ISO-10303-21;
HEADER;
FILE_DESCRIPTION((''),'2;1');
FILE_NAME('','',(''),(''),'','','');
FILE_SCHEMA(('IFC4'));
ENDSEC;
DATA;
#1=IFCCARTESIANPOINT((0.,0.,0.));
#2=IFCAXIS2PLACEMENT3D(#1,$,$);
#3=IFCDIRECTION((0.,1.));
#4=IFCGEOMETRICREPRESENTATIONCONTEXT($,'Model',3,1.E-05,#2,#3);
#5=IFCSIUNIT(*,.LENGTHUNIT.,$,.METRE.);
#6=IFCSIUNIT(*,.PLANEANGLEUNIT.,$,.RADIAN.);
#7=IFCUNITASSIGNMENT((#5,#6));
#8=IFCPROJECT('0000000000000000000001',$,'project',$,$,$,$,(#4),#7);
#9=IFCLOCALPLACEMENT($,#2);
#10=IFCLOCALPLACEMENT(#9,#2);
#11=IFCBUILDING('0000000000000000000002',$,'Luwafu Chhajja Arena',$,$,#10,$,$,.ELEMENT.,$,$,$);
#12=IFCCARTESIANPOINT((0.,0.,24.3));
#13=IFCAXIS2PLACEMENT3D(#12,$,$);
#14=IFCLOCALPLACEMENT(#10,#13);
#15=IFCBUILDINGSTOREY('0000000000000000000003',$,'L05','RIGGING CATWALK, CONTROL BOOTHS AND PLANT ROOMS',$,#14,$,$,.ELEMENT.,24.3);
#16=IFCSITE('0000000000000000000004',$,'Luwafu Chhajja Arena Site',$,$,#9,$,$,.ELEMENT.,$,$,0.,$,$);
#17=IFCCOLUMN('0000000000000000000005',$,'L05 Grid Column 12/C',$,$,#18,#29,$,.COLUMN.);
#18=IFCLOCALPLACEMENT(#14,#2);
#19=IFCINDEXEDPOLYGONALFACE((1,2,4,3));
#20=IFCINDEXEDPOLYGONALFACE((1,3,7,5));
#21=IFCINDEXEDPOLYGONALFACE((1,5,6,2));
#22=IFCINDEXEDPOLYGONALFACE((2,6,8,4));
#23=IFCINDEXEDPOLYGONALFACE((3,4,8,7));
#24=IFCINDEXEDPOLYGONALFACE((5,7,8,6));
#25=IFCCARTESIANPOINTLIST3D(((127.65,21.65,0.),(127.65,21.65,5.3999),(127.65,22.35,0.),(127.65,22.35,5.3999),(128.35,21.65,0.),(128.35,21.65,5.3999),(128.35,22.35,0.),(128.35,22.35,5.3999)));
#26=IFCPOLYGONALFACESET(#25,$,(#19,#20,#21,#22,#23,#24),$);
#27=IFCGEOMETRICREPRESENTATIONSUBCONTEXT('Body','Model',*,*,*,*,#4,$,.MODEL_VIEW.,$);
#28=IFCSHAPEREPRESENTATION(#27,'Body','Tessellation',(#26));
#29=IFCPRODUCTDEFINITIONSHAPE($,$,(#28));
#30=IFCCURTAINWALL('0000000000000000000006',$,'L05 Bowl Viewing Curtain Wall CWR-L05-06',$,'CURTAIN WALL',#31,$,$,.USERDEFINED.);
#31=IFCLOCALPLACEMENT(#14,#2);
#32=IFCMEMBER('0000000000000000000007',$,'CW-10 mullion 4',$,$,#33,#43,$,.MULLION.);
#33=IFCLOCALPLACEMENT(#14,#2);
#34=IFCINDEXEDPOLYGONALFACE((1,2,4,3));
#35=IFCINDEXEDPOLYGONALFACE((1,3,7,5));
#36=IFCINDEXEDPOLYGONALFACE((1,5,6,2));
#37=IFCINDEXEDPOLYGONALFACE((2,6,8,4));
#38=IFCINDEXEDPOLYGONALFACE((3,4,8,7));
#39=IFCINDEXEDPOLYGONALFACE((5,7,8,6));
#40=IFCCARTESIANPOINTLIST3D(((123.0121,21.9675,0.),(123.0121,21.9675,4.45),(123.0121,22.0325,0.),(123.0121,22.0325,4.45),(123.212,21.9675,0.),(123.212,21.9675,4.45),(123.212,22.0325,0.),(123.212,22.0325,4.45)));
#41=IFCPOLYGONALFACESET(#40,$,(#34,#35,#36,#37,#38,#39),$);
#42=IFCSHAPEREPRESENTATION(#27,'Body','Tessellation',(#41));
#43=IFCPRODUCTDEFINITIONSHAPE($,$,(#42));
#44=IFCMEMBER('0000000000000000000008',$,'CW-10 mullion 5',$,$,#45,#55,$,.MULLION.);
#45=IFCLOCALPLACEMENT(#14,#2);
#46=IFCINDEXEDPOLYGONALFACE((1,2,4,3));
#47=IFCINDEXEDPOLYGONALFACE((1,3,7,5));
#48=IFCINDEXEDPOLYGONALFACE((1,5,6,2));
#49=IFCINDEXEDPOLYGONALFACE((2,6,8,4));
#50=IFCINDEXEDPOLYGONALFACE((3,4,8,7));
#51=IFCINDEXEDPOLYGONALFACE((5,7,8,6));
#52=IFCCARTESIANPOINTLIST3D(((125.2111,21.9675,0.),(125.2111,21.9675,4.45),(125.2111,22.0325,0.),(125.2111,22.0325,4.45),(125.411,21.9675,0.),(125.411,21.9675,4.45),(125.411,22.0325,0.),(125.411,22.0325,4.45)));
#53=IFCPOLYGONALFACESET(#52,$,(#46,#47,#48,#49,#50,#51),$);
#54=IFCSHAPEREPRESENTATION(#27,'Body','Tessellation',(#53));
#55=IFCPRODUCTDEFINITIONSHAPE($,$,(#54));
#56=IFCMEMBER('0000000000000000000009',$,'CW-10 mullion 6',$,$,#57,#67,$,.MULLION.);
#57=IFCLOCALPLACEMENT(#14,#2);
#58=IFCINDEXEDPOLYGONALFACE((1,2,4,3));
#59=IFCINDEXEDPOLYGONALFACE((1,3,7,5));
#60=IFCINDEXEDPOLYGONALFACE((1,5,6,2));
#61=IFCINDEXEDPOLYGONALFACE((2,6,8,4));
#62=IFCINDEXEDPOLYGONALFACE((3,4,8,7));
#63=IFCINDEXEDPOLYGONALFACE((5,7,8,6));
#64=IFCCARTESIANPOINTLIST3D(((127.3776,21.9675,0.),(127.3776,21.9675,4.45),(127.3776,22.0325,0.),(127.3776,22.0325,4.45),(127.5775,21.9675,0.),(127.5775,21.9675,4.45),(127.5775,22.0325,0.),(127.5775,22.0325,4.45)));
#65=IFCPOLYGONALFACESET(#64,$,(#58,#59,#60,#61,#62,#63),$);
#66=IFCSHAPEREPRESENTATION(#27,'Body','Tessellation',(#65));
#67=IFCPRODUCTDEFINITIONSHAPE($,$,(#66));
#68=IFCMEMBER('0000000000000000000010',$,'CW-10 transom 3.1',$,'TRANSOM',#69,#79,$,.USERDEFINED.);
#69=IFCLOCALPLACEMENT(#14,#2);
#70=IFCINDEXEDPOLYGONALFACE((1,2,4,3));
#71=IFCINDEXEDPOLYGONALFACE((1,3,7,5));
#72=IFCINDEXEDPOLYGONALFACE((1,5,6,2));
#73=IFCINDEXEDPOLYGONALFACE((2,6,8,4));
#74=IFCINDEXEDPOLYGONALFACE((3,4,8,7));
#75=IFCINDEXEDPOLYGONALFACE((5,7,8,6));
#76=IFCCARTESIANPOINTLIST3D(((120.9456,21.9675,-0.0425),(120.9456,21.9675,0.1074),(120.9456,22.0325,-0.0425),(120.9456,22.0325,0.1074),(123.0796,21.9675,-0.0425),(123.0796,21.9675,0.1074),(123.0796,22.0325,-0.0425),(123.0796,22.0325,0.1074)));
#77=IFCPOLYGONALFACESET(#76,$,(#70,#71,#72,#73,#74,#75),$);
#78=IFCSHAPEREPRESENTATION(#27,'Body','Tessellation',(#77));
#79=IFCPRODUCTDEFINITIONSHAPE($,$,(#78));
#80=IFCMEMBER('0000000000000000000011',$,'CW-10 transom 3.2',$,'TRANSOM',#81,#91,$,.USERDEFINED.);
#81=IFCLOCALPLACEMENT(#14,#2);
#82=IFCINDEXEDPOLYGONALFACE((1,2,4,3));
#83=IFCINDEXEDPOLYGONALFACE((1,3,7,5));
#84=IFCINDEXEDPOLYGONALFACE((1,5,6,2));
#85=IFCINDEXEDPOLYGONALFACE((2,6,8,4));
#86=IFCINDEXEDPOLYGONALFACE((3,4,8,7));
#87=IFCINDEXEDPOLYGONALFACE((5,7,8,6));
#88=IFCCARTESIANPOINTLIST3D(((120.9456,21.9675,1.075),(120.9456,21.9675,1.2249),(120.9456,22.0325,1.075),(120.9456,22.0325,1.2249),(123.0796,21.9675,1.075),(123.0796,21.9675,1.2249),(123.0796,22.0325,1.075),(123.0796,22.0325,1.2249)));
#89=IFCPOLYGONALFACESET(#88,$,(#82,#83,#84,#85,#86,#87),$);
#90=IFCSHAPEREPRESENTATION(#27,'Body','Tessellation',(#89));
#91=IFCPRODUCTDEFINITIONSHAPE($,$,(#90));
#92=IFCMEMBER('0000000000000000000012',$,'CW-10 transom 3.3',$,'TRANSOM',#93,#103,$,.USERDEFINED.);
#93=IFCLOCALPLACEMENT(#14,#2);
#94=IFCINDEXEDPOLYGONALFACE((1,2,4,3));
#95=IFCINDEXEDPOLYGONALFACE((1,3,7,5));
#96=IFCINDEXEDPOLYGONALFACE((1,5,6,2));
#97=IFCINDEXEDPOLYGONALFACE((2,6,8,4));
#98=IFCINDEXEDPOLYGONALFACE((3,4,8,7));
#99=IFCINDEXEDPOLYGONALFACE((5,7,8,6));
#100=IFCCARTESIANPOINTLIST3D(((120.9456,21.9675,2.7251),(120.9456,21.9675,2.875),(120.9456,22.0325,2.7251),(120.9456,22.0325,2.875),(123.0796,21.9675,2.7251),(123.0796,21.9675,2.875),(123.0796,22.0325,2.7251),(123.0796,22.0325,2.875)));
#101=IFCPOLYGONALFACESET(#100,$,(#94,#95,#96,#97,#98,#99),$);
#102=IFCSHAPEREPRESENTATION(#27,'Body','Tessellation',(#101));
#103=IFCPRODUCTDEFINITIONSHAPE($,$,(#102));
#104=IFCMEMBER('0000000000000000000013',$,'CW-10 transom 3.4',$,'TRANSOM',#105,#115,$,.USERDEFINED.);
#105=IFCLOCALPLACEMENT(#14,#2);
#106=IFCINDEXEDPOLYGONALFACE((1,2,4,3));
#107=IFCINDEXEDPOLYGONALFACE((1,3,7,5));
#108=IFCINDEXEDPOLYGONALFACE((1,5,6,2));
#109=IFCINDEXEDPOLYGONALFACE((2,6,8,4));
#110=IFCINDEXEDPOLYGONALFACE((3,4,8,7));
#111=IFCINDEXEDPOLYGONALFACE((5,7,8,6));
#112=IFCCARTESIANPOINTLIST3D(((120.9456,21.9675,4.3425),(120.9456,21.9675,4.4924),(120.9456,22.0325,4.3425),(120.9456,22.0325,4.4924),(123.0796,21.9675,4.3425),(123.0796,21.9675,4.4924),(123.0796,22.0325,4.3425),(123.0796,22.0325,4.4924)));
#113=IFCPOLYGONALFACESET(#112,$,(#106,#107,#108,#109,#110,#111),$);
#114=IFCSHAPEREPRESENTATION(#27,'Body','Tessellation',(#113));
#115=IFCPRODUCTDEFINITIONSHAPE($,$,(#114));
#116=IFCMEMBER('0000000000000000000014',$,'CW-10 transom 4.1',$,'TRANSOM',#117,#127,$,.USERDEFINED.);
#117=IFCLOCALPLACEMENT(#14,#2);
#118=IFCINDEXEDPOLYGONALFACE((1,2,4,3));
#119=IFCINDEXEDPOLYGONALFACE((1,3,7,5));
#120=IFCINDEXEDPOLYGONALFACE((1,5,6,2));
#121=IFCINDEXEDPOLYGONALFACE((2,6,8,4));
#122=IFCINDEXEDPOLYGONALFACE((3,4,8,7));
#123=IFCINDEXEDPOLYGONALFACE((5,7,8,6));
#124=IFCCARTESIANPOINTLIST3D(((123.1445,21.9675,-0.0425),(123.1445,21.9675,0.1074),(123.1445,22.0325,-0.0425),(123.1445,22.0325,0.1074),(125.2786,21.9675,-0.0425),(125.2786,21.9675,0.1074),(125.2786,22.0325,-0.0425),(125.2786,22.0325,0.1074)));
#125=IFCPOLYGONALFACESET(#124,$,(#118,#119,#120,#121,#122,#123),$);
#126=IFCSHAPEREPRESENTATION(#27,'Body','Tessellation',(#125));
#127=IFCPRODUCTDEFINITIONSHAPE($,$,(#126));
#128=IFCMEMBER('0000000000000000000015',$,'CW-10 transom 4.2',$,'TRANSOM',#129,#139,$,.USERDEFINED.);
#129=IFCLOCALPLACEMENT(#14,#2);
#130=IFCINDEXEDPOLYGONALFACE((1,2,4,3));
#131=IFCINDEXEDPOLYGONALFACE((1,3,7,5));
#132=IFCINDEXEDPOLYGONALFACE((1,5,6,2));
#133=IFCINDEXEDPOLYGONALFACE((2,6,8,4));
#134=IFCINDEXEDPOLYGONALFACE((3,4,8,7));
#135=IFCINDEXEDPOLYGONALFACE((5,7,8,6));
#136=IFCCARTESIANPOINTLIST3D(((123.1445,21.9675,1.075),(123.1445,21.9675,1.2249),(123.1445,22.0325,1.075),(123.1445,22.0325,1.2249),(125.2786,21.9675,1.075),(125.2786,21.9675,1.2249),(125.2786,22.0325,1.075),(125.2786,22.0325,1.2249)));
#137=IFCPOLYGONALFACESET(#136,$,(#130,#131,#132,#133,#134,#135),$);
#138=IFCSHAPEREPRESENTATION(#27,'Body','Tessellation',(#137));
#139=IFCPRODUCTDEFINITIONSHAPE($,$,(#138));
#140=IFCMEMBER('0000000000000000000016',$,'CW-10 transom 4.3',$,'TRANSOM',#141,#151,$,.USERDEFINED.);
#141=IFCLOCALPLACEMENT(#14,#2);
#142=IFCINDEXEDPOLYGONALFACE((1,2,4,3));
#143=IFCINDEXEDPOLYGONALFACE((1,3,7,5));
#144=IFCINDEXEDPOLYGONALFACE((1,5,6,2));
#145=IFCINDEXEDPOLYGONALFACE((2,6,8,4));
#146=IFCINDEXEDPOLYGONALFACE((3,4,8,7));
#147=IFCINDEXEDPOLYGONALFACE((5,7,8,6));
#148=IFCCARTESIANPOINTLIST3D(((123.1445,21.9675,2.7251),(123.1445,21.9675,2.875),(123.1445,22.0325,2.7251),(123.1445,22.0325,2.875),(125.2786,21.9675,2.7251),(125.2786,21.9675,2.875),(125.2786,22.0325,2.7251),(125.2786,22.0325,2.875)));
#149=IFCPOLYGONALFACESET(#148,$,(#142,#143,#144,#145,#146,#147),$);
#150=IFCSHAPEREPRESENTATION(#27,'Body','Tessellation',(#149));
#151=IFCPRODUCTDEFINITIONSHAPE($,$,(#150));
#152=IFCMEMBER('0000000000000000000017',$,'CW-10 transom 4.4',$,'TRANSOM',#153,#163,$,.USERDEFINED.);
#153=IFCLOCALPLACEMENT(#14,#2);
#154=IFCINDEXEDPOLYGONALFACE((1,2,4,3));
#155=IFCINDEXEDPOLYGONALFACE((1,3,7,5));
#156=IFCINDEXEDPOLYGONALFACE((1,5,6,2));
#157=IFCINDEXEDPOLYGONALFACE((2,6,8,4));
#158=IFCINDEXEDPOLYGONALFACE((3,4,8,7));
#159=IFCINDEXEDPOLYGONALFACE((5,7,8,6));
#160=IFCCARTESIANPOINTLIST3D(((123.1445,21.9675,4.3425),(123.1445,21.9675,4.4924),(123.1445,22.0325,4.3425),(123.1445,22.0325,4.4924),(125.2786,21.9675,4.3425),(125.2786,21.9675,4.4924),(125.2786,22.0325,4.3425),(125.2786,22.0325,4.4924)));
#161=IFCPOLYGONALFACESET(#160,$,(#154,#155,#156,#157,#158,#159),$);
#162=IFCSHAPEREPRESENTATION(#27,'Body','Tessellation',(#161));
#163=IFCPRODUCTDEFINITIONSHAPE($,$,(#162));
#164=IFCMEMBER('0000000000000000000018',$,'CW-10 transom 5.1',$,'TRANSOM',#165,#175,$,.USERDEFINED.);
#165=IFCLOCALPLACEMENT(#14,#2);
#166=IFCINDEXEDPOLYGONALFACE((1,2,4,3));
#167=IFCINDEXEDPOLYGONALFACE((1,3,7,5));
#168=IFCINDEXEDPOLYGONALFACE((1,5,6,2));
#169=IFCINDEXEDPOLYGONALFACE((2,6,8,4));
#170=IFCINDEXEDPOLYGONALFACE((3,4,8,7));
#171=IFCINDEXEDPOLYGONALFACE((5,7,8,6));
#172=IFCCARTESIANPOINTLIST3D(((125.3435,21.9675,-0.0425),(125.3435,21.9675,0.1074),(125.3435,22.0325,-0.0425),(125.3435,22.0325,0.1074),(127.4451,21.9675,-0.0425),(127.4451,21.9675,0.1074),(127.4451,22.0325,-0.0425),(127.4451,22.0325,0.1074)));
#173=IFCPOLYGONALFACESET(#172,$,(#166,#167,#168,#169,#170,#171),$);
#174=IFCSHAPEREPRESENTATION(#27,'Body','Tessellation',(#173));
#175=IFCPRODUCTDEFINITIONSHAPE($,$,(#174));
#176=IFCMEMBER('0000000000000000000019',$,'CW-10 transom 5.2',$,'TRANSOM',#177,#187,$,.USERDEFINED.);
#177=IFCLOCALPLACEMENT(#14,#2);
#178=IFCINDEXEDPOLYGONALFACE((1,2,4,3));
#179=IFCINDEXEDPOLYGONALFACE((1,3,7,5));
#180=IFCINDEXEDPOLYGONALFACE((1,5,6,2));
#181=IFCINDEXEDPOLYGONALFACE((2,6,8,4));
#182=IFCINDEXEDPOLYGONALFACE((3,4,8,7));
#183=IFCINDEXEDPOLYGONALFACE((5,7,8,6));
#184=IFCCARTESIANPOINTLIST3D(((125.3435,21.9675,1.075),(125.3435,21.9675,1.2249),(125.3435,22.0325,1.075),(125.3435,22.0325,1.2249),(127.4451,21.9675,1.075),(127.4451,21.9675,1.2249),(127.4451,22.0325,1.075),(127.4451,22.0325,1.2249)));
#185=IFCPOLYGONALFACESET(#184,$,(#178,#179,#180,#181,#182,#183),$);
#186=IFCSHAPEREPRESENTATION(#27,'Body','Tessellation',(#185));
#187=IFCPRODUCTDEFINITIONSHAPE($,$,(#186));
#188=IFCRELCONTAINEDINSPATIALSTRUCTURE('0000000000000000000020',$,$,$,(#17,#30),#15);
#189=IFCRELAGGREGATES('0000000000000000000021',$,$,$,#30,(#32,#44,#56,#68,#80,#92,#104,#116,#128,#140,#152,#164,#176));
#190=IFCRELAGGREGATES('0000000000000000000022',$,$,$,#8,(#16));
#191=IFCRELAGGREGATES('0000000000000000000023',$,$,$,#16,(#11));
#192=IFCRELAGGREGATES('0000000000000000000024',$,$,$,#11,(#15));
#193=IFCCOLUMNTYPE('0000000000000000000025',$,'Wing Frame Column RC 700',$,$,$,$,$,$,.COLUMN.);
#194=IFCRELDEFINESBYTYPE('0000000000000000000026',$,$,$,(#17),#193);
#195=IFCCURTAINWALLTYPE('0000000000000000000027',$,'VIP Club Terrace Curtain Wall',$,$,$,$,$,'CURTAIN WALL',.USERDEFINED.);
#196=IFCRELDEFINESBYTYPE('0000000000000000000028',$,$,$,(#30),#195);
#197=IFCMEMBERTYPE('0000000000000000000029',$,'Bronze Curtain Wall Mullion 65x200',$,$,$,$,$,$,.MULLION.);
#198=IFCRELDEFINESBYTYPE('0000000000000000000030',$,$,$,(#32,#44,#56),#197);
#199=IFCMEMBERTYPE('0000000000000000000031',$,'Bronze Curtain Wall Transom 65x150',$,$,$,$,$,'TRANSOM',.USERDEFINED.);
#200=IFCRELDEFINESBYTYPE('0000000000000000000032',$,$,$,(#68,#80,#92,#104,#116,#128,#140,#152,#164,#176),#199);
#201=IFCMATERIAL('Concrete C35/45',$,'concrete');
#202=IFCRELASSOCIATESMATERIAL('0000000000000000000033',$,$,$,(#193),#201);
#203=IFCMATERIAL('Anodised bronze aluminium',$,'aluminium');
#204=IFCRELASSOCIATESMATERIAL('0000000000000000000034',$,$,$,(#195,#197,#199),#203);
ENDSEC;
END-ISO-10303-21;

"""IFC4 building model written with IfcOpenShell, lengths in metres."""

from ifc_helpers import new_model, si_unit, direction, frame, origin, origin_2d, place, context, subcontext, project, spatial, rectangle, extrude, material, material_profile, profile_set, type_object, element, aggregate, save


model = new_model("IFC4")

# Units and contexts
model_context = context("Model", 3, precision=1e-05, world=origin(), true_north=direction((0.0, 1.0)))
body_context = subcontext(model_context, "Body", "Model", "MODEL_VIEW")
ifc_project = project(units=[si_unit("LENGTHUNIT", "METRE"), si_unit("PLANEANGLEUNIT", "RADIAN")], contexts=[model_context])

# Site, building, storey
site_placement = place(None, origin())
site = spatial("IfcSite", under=ifc_project, at=site_placement, Name="Luwafu Chhajja Arena Site", CompositionType="ELEMENT", RefElevation=0.0)
building_placement = place(site_placement, origin())
building = spatial("IfcBuilding", under=site, at=building_placement, Name="Luwafu Chhajja Arena", CompositionType="ELEMENT")
storey_placement = place(building_placement, frame((0.0, 0.0, 24.3)))
storey = spatial("IfcBuildingStorey", under=building, at=storey_placement, Name="L05", Description="RIGGING CATWALK, CONTROL BOOTHS AND PLANT ROOMS", CompositionType="ELEMENT", Elevation=24.3)

# Column
ifc_material_1 = material(Name="Concrete C35/45", Category="concrete")
ifc_material_profile_1 = material_profile(ifc_material_1, rectangle(XDim=0.7, YDim=0.7, at=origin_2d()), Name="RC 700x700")
ifc_profile_set_1 = profile_set([ifc_material_profile_1], Name="Concrete C35/45")
column_type = type_object("IfcColumnType", Name="Wing Frame Column RC 700", PredefinedType="COLUMN", material=ifc_profile_set_1)
column_placement = place(storey_placement, frame((128.0, 22.0, 0.0), z_axis=(0.0, 0.0, 1.0), x_axis=(1.0, 0.0, 0.0)))
element("IfcColumn", 1, at=column_placement, inside=storey, type_object=column_type, Name="L05 Grid Column 12/C", PredefinedType="COLUMN", context=body_context, shape_type="SweptSolid", body=[
    extrude(rectangle(XDim=0.7, YDim=0.7, at=origin_2d()), origin(), (0.0, 0.0, 1.0), 5.3999),
])

# Curtain wall, members
ifc_material_2 = material(Name="Anodised bronze aluminium", Category="aluminium")
curtain_wall_type = type_object("IfcCurtainWallType", Name="VIP Club Terrace Curtain Wall", ElementType="CURTAIN WALL", PredefinedType="USERDEFINED", material=ifc_material_2)
curtain_wall_placement = place(storey_placement, origin())
curtain_wall = element("IfcCurtainWall", 2, at=curtain_wall_placement, inside=storey, type_object=curtain_wall_type, Name="L05 Bowl Viewing Curtain Wall CWR-L05-06", ObjectType="CURTAIN WALL", PredefinedType="USERDEFINED")
ifc_material_profile_2 = material_profile(ifc_material_2, rectangle(XDim=0.0649, YDim=0.2, at=origin_2d()), Name="CWM 65x200")
ifc_profile_set_2 = profile_set([ifc_material_profile_2], Name="Anodised bronze aluminium")
member_type_1 = type_object("IfcMemberType", Name="Bronze Curtain Wall Mullion 65x200", PredefinedType="MULLION", material=ifc_profile_set_2)
member_1_placement = place(storey_placement, frame((123.1121, 22.0, 0.0), z_axis=(0.0, 0.0, 1.0), x_axis=(0.0, 1.0, 0.0)))
member_1 = element("IfcMember", 3, at=member_1_placement, type_object=member_type_1, Name="CW-10 mullion 4", PredefinedType="MULLION", context=body_context, shape_type="SweptSolid", body=[
    extrude(rectangle(XDim=0.0649, YDim=0.2, at=origin_2d()), origin(), (0.0, 0.0, 1.0), 4.45),
])
member_2_placement = place(storey_placement, frame((125.311, 22.0, 0.0), z_axis=(0.0, 0.0, 1.0), x_axis=(0.0, 1.0, 0.0)))
member_2 = element("IfcMember", 4, at=member_2_placement, type_object=member_type_1, Name="CW-10 mullion 5", PredefinedType="MULLION", context=body_context, shape_type="SweptSolid", body=[
    extrude(rectangle(XDim=0.0649, YDim=0.2, at=origin_2d()), origin(), (0.0, 0.0, 1.0), 4.45),
])
member_3_placement = place(storey_placement, frame((127.4775, 22.0, 0.0), z_axis=(0.0, 0.0, 1.0), x_axis=(0.0, 1.0, 0.0)))
member_3 = element("IfcMember", 5, at=member_3_placement, type_object=member_type_1, Name="CW-10 mullion 6", PredefinedType="MULLION", context=body_context, shape_type="SweptSolid", body=[
    extrude(rectangle(XDim=0.0649, YDim=0.2, at=origin_2d()), origin(), (0.0, 0.0, 1.0), 4.45),
])
ifc_material_profile_3 = material_profile(ifc_material_2, rectangle(XDim=0.0649, YDim=0.1499, at=origin_2d()), Name="CWT 65x150")
ifc_profile_set_3 = profile_set([ifc_material_profile_3], Name="Anodised bronze aluminium")
member_type_2 = type_object("IfcMemberType", Name="Bronze Curtain Wall Transom 65x150", ElementType="TRANSOM", PredefinedType="USERDEFINED", material=ifc_profile_set_3)
member_4_placement = place(storey_placement, frame((120.9456, 22.0, 0.0325), z_axis=(1.0, 0.0, 0.0), x_axis=(0.0, 1.0, 0.0)))
member_4 = element("IfcMember", 6, at=member_4_placement, type_object=member_type_2, Name="CW-10 transom 3.1", ObjectType="TRANSOM", PredefinedType="USERDEFINED", context=body_context, shape_type="SweptSolid", body=[
    extrude(rectangle(XDim=0.0649, YDim=0.1499, at=origin_2d()), origin(), (0.0, 0.0, 1.0), 2.134),
])
member_5_placement = place(storey_placement, frame((120.9456, 22.0, 1.1499), z_axis=(1.0, 0.0, 0.0), x_axis=(0.0, 1.0, 0.0)))
member_5 = element("IfcMember", 7, at=member_5_placement, type_object=member_type_2, Name="CW-10 transom 3.2", ObjectType="TRANSOM", PredefinedType="USERDEFINED", context=body_context, shape_type="SweptSolid", body=[
    extrude(rectangle(XDim=0.0649, YDim=0.1499, at=origin_2d()), origin(), (0.0, 0.0, 1.0), 2.134),
])
member_6_placement = place(storey_placement, frame((120.9456, 22.0, 2.8), z_axis=(1.0, 0.0, 0.0), x_axis=(0.0, 1.0, 0.0)))
member_6 = element("IfcMember", 8, at=member_6_placement, type_object=member_type_2, Name="CW-10 transom 3.3", ObjectType="TRANSOM", PredefinedType="USERDEFINED", context=body_context, shape_type="SweptSolid", body=[
    extrude(rectangle(XDim=0.0649, YDim=0.1499, at=origin_2d()), origin(), (0.0, 0.0, 1.0), 2.134),
])
member_7_placement = place(storey_placement, frame((120.9456, 22.0, 4.4175), z_axis=(1.0, 0.0, 0.0), x_axis=(0.0, 1.0, 0.0)))
member_7 = element("IfcMember", 9, at=member_7_placement, type_object=member_type_2, Name="CW-10 transom 3.4", ObjectType="TRANSOM", PredefinedType="USERDEFINED", context=body_context, shape_type="SweptSolid", body=[
    extrude(rectangle(XDim=0.0649, YDim=0.1499, at=origin_2d()), origin(), (0.0, 0.0, 1.0), 2.134),
])
member_8_placement = place(storey_placement, frame((123.1445, 22.0, 0.0325), z_axis=(1.0, 0.0, 0.0), x_axis=(0.0, 1.0, 0.0)))
member_8 = element("IfcMember", 10, at=member_8_placement, type_object=member_type_2, Name="CW-10 transom 4.1", ObjectType="TRANSOM", PredefinedType="USERDEFINED", context=body_context, shape_type="SweptSolid", body=[
    extrude(rectangle(XDim=0.0649, YDim=0.1499, at=origin_2d()), origin(), (0.0, 0.0, 1.0), 2.134),
])
member_9_placement = place(storey_placement, frame((123.1445, 22.0, 1.1499), z_axis=(1.0, 0.0, 0.0), x_axis=(0.0, 1.0, 0.0)))
member_9 = element("IfcMember", 11, at=member_9_placement, type_object=member_type_2, Name="CW-10 transom 4.2", ObjectType="TRANSOM", PredefinedType="USERDEFINED", context=body_context, shape_type="SweptSolid", body=[
    extrude(rectangle(XDim=0.0649, YDim=0.1499, at=origin_2d()), origin(), (0.0, 0.0, 1.0), 2.134),
])
member_10_placement = place(storey_placement, frame((123.1445, 22.0, 2.8), z_axis=(1.0, 0.0, 0.0), x_axis=(0.0, 1.0, 0.0)))
member_10 = element("IfcMember", 12, at=member_10_placement, type_object=member_type_2, Name="CW-10 transom 4.3", ObjectType="TRANSOM", PredefinedType="USERDEFINED", context=body_context, shape_type="SweptSolid", body=[
    extrude(rectangle(XDim=0.0649, YDim=0.1499, at=origin_2d()), origin(), (0.0, 0.0, 1.0), 2.134),
])
member_11_placement = place(storey_placement, frame((123.1445, 22.0, 4.4175), z_axis=(1.0, 0.0, 0.0), x_axis=(0.0, 1.0, 0.0)))
member_11 = element("IfcMember", 13, at=member_11_placement, type_object=member_type_2, Name="CW-10 transom 4.4", ObjectType="TRANSOM", PredefinedType="USERDEFINED", context=body_context, shape_type="SweptSolid", body=[
    extrude(rectangle(XDim=0.0649, YDim=0.1499, at=origin_2d()), origin(), (0.0, 0.0, 1.0), 2.134),
])
member_12_placement = place(storey_placement, frame((125.3435, 22.0, 0.0325), z_axis=(1.0, 0.0, 0.0), x_axis=(0.0, 1.0, 0.0)))
member_12 = element("IfcMember", 14, at=member_12_placement, type_object=member_type_2, Name="CW-10 transom 5.1", ObjectType="TRANSOM", PredefinedType="USERDEFINED", context=body_context, shape_type="SweptSolid", body=[
    extrude(rectangle(XDim=0.0649, YDim=0.1499, at=origin_2d()), origin(), (0.0, 0.0, 1.0), 2.1016),
])
member_13_placement = place(storey_placement, frame((125.3435, 22.0, 1.1499), z_axis=(1.0, 0.0, 0.0), x_axis=(0.0, 1.0, 0.0)))
member_13 = element("IfcMember", 15, at=member_13_placement, type_object=member_type_2, Name="CW-10 transom 5.2", ObjectType="TRANSOM", PredefinedType="USERDEFINED", context=body_context, shape_type="SweptSolid", body=[
    extrude(rectangle(XDim=0.0649, YDim=0.1499, at=origin_2d()), origin(), (0.0, 0.0, 1.0), 2.1016),
])
aggregate(curtain_wall, [member_1, member_2, member_3, member_4, member_5, member_6, member_7, member_8, member_9, member_10, member_11, member_12, member_13])

save(model, "model.ifc")
